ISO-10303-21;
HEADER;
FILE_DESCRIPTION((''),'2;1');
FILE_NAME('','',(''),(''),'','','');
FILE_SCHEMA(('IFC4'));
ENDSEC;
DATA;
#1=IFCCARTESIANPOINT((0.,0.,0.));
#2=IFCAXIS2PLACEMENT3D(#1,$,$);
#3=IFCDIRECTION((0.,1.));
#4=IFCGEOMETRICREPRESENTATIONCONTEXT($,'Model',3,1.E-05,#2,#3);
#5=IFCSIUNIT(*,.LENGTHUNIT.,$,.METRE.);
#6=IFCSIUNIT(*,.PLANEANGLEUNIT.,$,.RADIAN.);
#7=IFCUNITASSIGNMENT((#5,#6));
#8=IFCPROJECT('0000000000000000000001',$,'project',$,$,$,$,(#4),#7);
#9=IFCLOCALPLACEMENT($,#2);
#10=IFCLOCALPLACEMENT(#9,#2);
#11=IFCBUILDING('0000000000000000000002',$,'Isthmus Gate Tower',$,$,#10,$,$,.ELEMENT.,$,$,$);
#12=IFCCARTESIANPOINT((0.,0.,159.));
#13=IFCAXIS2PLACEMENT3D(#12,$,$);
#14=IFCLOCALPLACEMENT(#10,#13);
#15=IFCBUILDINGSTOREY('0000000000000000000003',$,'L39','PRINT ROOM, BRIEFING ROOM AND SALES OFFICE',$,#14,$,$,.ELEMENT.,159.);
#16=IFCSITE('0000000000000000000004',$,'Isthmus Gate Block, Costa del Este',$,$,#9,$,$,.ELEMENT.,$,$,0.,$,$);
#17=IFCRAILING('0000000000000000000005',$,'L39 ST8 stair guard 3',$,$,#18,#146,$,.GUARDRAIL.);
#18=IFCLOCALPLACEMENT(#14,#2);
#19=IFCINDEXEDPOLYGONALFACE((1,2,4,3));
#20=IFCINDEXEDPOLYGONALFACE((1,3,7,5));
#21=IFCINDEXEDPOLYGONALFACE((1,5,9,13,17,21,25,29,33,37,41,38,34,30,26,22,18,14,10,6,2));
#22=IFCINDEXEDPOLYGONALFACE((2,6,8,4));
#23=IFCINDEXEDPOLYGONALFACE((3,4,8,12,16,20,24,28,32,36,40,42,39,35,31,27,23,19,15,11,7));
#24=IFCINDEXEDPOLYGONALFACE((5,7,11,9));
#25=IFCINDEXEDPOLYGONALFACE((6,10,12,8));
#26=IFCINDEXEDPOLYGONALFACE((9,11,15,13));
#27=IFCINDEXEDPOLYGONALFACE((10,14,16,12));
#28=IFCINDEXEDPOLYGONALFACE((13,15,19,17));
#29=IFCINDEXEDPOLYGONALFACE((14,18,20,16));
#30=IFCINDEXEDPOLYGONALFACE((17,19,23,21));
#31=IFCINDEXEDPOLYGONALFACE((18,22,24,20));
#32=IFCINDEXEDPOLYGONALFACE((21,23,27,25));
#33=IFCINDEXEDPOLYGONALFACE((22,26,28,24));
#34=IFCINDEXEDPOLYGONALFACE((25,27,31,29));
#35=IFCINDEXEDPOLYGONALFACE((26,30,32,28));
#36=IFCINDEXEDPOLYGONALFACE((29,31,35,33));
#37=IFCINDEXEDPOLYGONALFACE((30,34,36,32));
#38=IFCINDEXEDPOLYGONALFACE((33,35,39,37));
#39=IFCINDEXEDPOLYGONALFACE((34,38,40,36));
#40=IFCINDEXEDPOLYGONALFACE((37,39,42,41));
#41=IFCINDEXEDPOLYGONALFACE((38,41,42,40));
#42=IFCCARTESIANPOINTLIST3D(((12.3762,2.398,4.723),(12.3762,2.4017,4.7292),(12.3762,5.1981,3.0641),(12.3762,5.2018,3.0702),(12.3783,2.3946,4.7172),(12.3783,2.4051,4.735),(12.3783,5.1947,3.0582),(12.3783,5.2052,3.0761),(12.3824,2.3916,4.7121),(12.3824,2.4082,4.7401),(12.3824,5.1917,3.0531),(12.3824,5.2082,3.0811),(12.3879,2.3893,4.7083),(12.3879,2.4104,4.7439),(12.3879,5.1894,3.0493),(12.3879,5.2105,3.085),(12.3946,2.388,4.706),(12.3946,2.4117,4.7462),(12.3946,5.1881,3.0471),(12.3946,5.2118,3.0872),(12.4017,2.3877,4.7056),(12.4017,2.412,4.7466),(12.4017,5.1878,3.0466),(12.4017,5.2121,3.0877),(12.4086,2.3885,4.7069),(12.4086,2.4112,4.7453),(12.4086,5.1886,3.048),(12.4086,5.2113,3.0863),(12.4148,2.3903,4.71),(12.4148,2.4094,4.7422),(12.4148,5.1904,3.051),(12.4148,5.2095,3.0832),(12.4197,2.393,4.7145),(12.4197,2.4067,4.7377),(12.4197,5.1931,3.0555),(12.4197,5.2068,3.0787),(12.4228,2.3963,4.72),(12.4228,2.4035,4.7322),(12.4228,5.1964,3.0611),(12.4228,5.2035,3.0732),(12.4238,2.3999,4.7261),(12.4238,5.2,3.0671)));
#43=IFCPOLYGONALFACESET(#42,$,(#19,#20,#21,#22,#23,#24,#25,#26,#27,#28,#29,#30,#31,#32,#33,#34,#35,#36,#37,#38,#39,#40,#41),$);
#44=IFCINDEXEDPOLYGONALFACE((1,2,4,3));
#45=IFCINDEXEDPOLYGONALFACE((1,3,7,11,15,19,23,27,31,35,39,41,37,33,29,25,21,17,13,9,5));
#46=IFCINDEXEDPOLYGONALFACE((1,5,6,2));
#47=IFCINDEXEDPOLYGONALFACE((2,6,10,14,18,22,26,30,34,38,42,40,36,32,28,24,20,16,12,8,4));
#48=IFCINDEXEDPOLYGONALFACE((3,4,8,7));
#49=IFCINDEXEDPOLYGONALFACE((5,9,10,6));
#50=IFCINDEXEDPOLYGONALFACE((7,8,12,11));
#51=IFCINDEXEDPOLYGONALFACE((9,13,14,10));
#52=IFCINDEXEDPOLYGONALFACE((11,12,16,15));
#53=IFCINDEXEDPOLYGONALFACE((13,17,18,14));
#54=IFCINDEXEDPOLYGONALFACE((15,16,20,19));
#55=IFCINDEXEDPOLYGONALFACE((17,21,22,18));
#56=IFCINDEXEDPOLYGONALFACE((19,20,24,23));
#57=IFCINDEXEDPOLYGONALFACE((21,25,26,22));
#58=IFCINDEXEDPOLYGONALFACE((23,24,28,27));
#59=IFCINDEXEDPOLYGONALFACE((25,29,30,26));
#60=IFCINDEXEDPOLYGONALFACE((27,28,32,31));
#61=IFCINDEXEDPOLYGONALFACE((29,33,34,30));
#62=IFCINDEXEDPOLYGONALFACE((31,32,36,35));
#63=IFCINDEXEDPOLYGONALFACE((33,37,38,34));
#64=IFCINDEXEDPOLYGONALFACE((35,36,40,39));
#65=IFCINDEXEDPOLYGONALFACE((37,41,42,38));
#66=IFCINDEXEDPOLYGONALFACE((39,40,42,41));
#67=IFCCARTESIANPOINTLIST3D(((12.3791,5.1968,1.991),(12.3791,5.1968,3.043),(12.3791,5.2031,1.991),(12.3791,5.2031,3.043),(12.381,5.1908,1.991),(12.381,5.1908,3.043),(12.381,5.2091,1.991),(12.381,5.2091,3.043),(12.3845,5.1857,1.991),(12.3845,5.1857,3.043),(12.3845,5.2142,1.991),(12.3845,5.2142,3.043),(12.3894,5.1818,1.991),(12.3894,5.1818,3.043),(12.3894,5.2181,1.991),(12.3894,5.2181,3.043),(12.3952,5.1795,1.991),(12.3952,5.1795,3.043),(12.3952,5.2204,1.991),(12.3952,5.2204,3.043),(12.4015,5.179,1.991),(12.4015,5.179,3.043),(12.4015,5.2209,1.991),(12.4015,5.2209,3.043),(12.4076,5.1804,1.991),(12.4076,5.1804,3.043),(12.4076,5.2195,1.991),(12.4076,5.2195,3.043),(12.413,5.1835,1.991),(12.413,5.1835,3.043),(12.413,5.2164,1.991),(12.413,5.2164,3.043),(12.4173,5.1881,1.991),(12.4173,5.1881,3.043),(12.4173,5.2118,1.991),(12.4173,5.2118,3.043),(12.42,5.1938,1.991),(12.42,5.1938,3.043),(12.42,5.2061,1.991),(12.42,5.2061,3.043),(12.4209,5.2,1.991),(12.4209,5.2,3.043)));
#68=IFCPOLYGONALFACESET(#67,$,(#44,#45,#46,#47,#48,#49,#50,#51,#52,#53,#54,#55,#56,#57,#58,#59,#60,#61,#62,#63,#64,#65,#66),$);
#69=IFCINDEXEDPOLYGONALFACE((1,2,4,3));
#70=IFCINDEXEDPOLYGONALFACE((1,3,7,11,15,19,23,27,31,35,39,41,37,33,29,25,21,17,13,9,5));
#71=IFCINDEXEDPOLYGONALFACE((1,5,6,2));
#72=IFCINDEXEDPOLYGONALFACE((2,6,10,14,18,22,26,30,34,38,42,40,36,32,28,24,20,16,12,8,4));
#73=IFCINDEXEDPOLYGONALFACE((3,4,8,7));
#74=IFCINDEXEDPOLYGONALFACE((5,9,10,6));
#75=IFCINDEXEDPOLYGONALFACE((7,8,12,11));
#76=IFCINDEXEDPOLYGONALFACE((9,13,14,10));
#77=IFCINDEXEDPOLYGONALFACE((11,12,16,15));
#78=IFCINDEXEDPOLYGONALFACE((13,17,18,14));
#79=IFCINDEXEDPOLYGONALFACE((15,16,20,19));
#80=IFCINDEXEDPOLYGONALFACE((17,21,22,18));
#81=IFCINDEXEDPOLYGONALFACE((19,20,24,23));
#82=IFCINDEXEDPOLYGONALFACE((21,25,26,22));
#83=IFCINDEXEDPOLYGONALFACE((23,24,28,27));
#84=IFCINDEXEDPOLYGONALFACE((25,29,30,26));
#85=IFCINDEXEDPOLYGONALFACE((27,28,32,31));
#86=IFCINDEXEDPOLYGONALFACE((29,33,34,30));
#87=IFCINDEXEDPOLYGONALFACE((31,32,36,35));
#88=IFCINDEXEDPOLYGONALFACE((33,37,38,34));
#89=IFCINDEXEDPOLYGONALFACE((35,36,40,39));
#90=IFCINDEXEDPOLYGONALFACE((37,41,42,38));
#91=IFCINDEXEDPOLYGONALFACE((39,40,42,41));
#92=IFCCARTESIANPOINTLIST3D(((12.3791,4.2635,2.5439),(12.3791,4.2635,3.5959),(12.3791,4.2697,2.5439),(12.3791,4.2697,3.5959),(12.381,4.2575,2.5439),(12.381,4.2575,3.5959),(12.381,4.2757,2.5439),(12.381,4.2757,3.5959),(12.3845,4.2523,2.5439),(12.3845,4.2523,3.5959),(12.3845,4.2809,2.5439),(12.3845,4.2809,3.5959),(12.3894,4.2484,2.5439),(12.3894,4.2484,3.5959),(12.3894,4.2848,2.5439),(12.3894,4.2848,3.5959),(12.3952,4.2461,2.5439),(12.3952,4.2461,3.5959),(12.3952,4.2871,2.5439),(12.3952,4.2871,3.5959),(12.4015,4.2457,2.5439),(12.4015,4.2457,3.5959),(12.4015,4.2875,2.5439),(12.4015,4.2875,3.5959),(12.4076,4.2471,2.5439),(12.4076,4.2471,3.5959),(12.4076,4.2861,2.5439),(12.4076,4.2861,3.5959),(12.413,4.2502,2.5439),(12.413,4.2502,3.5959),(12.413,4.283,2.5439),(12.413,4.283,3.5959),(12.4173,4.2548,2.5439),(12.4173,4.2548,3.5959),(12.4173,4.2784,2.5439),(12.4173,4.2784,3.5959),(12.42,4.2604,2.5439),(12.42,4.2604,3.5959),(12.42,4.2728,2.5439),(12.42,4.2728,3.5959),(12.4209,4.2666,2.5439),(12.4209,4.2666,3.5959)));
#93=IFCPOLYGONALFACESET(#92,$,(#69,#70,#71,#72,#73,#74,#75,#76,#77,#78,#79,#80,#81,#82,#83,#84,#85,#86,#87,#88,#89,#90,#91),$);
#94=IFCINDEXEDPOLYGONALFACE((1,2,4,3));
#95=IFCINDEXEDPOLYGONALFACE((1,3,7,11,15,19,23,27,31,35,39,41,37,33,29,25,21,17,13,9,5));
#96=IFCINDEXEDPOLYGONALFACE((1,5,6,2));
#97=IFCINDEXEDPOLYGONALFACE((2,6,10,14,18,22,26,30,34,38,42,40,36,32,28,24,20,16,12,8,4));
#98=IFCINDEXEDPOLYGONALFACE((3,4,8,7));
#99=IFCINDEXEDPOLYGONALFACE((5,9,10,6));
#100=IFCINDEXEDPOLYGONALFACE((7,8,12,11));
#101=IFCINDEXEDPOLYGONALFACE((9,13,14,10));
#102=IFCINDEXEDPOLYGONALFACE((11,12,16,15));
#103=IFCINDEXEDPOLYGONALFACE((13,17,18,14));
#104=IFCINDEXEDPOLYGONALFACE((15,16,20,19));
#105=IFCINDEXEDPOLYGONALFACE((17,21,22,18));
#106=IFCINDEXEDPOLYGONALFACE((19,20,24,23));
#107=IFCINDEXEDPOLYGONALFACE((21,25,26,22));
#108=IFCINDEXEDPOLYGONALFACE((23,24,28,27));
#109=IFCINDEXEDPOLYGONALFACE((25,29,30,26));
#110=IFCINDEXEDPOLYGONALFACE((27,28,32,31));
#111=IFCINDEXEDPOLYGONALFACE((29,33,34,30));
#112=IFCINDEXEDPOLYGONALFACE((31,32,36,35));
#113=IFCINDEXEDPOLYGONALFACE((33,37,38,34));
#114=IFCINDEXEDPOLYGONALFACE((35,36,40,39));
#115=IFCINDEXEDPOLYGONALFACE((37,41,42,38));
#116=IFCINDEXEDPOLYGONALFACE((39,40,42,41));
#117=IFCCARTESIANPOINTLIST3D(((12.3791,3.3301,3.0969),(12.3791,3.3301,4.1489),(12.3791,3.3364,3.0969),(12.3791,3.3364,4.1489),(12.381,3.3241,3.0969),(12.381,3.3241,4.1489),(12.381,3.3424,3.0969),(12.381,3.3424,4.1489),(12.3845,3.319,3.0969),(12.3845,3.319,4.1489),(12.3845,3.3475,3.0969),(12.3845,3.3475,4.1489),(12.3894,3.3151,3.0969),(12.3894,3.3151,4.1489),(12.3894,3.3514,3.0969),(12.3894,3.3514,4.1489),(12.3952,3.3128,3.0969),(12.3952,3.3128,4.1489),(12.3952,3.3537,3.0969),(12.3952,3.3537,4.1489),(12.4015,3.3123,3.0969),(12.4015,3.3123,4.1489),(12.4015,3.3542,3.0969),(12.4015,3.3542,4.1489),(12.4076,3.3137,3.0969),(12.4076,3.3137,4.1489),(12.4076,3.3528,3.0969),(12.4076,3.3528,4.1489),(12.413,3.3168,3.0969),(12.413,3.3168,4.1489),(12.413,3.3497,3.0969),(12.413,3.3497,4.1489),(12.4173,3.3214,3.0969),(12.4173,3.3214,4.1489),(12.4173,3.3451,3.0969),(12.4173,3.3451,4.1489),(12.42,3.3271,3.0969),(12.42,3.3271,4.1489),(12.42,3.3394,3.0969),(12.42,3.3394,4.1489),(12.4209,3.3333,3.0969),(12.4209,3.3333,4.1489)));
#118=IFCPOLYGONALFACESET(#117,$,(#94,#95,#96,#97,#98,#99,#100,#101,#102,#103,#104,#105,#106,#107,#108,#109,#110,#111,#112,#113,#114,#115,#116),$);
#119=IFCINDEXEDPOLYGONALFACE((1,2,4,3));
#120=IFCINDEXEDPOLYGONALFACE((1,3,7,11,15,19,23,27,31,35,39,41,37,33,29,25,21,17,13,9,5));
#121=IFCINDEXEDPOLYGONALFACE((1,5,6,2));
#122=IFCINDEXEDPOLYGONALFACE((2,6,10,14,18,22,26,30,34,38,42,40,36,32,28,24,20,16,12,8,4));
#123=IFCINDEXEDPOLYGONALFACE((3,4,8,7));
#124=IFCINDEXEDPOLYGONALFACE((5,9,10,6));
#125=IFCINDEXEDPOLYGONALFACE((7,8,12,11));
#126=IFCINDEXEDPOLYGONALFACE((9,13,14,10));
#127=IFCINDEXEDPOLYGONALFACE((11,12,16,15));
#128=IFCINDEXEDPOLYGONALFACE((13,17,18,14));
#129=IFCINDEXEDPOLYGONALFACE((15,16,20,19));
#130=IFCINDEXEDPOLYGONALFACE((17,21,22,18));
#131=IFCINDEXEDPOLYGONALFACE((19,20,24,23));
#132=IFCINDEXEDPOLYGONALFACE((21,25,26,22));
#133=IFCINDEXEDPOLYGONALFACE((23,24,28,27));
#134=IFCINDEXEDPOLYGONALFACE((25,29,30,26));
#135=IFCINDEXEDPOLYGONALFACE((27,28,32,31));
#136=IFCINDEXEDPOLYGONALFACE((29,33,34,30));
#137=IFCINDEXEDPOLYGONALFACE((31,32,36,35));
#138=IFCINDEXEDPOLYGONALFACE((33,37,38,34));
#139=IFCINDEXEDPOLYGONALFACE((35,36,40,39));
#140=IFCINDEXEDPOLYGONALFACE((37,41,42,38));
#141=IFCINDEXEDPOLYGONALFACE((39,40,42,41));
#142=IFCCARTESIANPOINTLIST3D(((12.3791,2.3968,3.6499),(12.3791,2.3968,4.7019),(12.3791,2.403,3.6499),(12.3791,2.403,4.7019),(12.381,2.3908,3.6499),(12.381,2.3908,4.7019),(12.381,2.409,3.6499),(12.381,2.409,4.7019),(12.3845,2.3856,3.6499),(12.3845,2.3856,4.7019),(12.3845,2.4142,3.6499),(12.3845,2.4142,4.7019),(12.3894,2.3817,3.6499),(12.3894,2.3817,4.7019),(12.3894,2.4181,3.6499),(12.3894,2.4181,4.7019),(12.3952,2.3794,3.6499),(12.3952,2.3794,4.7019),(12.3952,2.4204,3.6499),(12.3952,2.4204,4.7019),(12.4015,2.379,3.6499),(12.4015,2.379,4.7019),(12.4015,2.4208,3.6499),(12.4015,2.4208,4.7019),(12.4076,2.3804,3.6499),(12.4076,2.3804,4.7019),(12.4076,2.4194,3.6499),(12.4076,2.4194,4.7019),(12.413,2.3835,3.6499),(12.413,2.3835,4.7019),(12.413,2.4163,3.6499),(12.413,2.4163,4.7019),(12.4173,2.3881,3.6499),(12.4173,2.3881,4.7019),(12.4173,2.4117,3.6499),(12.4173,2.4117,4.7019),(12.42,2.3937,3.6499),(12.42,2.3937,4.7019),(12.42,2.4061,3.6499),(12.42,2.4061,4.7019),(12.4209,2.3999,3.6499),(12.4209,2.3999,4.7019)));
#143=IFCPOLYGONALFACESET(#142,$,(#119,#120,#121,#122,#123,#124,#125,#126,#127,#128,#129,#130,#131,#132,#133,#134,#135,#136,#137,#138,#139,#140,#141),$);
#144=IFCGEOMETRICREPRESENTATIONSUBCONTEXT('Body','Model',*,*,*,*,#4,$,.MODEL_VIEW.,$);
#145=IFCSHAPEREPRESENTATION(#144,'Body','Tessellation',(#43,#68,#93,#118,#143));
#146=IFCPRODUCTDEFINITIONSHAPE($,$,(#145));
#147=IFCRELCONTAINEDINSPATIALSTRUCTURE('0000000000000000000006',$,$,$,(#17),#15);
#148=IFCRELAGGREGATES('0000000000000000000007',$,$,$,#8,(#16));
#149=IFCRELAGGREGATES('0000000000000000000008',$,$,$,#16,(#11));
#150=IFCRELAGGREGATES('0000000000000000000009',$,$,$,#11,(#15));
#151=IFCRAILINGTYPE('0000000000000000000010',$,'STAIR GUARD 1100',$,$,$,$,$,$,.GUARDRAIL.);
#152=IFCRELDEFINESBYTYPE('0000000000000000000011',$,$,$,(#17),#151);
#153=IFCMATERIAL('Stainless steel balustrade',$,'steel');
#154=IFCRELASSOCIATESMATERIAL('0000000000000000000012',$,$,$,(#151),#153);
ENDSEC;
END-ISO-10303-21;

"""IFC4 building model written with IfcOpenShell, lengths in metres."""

from ifc_helpers import new_model, si_unit, direction, frame, origin, origin_2d, place, context, subcontext, project, spatial, circle, extrude, material, type_object, element, save


model = new_model("IFC4")

# Units and contexts
model_context = context("Model", 3, precision=1e-05, world=origin(), true_north=direction((0.0, 1.0)))
body_context = subcontext(model_context, "Body", "Model", "MODEL_VIEW")
ifc_project = project(units=[si_unit("LENGTHUNIT", "METRE"), si_unit("PLANEANGLEUNIT", "RADIAN")], contexts=[model_context])

# Site, building, storey
site_placement = place(None, origin())
site = spatial("IfcSite", under=ifc_project, at=site_placement, Name="Isthmus Gate Block, Costa del Este", CompositionType="ELEMENT", RefElevation=0.0)
building_placement = place(site_placement, origin())
building = spatial("IfcBuilding", under=site, at=building_placement, Name="Isthmus Gate Tower", CompositionType="ELEMENT")
storey_placement = place(building_placement, frame((0.0, 0.0, 159.0)))
storey = spatial("IfcBuildingStorey", under=building, at=storey_placement, Name="L39", Description="PRINT ROOM, BRIEFING ROOM AND SALES OFFICE", CompositionType="ELEMENT", Elevation=159.0)

# Railing
ifc_material_1 = material(Name="Stainless steel balustrade", Category="steel")
railing_type_1 = type_object("IfcRailingType", Name="STAIR GUARD 1100", PredefinedType="GUARDRAIL", material=ifc_material_1)
railing_1_placement = place(storey_placement, frame((12.3999, 5.2, 1.991)))
element("IfcRailing", 1, at=railing_1_placement, inside=storey, type_object=railing_type_1, Name="L39 ST8 stair guard 3", PredefinedType="GUARDRAIL", context=body_context, shape_type="SweptSolid", body=[
    extrude(circle(Radius=0.0239, at=origin_2d()), frame((0.0, 0.0, 1.0762), z_axis=(0.0, -0.860339, 0.509722), x_axis=(1.0, 0.0, 0.0)), (0.0, 0.0, 1.0), 3.2546),
    extrude(circle(Radius=0.021, at=origin_2d()), origin(), (0.0, 0.0, 1.0), 1.052),
    extrude(circle(Radius=0.021, at=origin_2d()), frame((0.0, -0.9333, 0.553)), (0.0, 0.0, 1.0), 1.052),
    extrude(circle(Radius=0.021, at=origin_2d()), frame((0.0, -1.8667, 1.106)), (0.0, 0.0, 1.0), 1.052),
    extrude(circle(Radius=0.021, at=origin_2d()), frame((0.0, -2.8, 1.6589)), (0.0, 0.0, 1.0), 1.052),
])

save(model, "model.ifc")
